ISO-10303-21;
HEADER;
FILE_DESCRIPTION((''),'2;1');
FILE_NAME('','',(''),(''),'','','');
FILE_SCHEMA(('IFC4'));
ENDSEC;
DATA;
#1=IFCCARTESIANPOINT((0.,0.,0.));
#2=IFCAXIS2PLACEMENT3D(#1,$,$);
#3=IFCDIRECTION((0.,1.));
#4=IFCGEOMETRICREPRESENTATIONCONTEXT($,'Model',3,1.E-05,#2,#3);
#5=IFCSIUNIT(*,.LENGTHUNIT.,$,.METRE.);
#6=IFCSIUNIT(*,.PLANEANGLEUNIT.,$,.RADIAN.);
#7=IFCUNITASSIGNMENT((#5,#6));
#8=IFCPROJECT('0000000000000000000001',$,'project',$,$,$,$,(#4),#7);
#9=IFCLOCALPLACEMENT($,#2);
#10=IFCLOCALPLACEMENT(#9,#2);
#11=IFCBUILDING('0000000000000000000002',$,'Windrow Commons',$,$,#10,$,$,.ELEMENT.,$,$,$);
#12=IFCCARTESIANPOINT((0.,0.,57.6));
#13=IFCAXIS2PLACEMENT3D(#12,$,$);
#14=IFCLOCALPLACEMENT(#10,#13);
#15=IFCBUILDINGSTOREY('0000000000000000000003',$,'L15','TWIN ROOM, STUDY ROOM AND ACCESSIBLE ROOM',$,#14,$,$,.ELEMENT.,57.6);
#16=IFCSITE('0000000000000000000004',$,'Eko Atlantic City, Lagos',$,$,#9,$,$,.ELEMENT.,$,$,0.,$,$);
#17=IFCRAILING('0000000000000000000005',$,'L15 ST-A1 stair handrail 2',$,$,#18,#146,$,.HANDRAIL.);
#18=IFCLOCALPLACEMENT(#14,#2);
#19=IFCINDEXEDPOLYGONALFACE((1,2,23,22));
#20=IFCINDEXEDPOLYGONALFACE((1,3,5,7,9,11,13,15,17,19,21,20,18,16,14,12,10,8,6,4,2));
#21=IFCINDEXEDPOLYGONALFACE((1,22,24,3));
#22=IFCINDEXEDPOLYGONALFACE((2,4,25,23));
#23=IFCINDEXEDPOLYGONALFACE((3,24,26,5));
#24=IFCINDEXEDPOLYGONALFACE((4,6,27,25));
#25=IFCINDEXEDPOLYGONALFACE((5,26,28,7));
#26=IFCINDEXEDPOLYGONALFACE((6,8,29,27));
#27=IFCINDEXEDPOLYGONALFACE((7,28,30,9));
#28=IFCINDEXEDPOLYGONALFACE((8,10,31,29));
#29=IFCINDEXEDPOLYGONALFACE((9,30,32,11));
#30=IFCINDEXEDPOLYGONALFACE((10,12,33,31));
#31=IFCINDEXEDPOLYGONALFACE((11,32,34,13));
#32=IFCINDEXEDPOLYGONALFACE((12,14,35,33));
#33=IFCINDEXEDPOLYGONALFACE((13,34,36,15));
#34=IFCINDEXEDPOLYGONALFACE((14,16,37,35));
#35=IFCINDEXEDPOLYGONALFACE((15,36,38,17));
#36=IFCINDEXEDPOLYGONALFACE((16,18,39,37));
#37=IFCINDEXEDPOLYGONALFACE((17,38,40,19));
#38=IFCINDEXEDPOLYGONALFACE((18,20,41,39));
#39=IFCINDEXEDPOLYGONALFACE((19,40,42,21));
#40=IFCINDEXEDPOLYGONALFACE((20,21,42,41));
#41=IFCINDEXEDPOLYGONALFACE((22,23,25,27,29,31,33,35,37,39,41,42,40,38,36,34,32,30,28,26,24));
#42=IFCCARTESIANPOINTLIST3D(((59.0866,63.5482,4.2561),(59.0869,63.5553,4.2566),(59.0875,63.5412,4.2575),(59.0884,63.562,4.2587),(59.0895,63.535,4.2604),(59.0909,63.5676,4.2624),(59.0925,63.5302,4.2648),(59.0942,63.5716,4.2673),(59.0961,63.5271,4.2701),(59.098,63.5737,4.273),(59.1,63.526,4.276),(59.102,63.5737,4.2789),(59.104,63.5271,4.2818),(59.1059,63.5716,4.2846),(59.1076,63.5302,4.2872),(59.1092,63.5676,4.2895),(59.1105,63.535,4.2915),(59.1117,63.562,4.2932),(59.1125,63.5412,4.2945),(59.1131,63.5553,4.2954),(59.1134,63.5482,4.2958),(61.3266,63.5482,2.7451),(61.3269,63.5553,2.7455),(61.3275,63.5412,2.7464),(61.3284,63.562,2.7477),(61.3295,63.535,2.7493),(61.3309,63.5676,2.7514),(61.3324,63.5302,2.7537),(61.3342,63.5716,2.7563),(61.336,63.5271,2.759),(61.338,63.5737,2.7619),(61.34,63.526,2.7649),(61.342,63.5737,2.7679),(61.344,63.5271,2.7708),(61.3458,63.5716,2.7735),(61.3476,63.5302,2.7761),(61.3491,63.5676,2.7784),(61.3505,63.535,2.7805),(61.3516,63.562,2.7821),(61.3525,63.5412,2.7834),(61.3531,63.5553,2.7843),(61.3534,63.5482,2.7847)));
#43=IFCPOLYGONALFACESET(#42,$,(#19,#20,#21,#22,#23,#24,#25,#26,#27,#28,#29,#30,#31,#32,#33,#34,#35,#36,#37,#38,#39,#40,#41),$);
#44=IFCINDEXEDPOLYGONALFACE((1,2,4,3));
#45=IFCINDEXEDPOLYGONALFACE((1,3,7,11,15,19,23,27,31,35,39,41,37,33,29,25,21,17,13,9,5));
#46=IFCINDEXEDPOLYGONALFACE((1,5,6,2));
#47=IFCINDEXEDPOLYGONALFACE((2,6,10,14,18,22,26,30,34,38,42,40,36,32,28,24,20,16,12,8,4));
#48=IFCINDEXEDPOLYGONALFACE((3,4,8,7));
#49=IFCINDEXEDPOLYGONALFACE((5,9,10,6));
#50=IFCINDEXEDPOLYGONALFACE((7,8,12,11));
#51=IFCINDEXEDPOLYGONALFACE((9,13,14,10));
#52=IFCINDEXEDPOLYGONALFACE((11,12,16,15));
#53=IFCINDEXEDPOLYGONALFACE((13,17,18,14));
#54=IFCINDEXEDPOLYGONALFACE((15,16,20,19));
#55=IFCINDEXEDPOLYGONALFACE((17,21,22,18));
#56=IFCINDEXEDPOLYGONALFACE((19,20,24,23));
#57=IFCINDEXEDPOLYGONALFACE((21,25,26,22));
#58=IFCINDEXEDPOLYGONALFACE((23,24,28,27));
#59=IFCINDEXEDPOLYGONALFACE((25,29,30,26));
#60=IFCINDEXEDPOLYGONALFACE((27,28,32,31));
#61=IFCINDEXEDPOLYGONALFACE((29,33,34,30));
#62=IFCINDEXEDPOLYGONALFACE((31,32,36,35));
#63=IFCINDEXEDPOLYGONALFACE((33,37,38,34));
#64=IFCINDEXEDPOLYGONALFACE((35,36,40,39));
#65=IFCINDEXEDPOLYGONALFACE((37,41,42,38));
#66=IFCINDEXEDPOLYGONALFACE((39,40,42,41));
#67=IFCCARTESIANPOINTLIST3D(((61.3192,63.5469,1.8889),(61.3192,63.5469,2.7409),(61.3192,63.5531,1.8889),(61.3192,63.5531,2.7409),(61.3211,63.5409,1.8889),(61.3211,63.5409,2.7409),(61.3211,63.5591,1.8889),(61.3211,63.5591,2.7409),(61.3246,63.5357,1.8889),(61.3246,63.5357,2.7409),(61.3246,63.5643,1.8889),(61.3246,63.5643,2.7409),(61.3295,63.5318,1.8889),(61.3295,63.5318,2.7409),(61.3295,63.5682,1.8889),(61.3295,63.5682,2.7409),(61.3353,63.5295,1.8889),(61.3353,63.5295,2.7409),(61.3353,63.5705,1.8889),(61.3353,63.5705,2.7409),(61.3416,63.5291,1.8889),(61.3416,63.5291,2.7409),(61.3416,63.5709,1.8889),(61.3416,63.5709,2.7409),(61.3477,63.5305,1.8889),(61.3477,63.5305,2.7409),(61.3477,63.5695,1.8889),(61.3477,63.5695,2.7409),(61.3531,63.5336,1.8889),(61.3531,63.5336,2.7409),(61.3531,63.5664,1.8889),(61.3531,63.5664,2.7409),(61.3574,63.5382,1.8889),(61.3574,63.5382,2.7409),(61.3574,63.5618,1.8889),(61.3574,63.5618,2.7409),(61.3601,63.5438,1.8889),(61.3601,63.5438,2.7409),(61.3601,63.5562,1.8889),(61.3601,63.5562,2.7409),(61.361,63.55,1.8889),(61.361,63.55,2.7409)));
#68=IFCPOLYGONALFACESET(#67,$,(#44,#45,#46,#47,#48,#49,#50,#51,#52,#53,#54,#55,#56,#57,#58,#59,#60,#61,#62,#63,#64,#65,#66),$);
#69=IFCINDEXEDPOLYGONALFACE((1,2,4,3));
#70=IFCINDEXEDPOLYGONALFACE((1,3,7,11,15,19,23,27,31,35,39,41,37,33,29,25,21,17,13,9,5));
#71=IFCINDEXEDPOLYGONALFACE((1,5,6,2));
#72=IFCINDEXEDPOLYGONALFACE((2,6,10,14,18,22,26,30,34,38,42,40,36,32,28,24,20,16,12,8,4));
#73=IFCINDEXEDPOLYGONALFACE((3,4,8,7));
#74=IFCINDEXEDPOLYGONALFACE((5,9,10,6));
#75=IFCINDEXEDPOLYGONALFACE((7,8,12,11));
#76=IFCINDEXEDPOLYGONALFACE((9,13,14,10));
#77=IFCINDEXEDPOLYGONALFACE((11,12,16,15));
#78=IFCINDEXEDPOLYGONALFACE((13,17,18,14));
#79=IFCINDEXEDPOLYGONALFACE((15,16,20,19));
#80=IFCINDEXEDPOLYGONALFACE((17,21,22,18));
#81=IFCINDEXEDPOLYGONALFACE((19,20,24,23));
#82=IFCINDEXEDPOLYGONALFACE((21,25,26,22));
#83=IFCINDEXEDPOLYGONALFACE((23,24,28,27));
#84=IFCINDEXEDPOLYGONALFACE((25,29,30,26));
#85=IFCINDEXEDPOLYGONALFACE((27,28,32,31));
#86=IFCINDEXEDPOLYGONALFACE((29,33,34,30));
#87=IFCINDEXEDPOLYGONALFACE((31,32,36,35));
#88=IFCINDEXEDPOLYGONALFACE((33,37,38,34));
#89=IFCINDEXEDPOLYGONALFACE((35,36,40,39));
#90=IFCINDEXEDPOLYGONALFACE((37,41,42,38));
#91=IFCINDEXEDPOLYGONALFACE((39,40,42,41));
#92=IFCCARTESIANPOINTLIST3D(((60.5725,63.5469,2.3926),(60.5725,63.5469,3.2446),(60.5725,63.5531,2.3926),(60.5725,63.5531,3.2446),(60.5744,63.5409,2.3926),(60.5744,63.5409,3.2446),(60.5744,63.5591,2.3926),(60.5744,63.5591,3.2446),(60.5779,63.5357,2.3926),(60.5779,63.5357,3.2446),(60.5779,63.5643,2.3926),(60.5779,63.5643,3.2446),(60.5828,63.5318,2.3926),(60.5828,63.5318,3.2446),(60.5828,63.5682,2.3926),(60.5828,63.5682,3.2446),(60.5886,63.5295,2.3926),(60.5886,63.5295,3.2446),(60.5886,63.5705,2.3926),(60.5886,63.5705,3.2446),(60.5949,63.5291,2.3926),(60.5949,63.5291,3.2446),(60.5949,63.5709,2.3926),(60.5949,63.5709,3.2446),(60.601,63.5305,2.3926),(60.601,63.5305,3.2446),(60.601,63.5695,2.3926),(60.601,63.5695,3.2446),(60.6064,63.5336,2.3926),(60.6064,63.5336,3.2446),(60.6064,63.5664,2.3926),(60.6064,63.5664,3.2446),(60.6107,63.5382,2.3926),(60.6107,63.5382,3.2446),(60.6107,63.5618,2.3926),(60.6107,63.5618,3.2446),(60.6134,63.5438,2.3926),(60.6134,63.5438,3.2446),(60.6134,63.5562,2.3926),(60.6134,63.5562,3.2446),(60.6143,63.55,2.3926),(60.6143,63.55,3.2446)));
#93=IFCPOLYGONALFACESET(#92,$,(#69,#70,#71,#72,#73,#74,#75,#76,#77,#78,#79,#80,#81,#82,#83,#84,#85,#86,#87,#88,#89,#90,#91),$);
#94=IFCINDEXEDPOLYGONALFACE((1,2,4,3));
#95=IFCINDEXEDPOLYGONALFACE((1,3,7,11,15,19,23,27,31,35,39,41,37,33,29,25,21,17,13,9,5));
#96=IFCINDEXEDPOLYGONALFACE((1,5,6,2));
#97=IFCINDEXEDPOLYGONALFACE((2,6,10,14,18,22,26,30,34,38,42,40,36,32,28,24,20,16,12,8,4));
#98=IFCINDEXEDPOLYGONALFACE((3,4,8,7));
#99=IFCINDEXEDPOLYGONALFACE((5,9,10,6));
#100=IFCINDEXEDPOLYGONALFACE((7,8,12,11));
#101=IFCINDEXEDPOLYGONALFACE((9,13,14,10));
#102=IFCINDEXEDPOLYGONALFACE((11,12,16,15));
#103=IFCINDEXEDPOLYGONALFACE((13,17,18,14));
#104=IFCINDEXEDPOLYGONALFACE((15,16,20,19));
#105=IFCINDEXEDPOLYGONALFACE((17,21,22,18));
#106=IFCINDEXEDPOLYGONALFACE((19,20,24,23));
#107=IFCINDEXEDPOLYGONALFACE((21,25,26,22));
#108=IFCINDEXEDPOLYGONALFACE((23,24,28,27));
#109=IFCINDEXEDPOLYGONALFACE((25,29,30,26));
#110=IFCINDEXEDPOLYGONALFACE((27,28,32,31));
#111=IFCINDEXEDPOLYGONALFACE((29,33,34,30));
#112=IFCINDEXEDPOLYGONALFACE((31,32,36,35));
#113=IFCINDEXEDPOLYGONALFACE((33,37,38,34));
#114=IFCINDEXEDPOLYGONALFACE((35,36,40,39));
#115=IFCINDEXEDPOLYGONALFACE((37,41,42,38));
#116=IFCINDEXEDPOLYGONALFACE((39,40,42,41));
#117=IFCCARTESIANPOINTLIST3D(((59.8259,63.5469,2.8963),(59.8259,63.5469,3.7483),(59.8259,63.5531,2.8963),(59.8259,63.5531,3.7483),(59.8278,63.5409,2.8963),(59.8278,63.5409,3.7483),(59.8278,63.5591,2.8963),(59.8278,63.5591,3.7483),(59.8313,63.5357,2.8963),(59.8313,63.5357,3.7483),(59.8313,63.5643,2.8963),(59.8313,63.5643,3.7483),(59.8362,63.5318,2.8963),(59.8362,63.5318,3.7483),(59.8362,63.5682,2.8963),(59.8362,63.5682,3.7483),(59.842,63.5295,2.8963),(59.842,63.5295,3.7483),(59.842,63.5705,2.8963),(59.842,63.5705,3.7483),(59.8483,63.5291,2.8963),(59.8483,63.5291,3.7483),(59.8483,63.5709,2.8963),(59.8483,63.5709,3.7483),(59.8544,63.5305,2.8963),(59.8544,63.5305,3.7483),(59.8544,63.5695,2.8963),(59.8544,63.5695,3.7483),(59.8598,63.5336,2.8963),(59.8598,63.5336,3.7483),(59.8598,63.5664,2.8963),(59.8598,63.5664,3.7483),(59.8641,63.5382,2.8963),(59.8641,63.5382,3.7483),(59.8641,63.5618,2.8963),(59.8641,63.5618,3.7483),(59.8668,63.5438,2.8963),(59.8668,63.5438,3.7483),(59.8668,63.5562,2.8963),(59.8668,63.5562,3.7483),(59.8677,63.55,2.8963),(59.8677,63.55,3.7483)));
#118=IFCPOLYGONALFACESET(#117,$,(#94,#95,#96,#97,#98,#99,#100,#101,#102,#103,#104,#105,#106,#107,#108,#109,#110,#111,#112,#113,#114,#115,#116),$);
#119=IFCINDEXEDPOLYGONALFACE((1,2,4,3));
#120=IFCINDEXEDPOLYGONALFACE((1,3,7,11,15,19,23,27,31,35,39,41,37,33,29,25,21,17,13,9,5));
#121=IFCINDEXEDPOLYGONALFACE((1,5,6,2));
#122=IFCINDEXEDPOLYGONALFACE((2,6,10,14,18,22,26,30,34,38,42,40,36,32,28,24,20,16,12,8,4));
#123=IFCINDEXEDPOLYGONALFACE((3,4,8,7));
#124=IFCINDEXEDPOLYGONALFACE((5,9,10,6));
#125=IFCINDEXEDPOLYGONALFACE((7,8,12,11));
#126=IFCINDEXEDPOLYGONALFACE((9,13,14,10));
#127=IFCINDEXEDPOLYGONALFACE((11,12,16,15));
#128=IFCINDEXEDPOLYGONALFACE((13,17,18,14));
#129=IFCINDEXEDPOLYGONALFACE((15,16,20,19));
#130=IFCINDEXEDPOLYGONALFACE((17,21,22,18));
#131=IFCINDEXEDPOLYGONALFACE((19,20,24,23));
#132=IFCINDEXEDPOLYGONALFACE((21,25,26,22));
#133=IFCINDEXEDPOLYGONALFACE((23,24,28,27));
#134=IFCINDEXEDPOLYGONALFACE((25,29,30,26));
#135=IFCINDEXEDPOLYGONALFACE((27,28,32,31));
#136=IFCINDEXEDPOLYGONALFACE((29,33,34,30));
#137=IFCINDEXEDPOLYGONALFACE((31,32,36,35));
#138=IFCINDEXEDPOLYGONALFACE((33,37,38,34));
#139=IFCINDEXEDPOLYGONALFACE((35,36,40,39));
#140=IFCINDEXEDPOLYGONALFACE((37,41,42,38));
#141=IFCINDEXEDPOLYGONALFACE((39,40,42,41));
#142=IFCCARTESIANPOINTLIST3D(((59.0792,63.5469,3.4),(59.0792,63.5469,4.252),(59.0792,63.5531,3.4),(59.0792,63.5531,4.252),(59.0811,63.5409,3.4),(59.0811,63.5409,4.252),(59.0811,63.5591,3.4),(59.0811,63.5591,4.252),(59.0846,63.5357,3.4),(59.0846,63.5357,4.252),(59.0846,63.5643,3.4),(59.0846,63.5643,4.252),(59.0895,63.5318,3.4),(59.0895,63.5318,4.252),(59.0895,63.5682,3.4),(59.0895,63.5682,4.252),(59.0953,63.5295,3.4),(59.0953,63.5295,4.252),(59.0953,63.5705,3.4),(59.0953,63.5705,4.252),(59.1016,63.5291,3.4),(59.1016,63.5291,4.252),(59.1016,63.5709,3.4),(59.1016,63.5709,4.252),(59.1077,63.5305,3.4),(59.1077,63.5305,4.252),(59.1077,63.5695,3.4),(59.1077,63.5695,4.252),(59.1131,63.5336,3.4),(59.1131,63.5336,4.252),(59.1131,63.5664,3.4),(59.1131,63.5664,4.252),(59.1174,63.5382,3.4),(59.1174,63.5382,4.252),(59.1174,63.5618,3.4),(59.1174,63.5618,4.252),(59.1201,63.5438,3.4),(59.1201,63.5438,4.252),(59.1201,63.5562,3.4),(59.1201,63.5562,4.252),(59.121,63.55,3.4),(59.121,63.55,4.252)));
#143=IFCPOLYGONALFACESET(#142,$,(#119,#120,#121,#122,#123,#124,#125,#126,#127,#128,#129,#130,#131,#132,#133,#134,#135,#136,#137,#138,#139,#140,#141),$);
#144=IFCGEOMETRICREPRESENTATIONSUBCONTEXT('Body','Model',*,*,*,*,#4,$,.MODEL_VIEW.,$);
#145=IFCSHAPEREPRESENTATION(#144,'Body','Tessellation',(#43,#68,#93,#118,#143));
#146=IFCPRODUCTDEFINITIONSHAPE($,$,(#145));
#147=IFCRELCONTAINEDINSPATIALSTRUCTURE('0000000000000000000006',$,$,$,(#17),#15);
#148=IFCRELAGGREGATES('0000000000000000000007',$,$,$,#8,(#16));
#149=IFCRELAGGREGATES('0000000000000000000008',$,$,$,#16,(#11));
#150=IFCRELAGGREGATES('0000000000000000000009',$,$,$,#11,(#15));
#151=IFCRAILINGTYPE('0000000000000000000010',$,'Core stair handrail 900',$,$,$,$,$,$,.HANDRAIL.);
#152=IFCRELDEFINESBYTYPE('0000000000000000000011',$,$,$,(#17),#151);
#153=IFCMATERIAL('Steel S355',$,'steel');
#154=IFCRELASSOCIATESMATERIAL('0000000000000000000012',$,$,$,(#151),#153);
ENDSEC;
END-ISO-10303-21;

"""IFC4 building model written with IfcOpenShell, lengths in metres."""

from ifc_helpers import new_model, si_unit, direction, frame, origin, origin_2d, place, context, subcontext, project, spatial, circle, extrude, material, type_object, element, save


model = new_model("IFC4")

# Units and contexts
model_context = context("Model", 3, precision=1e-05, world=origin(), true_north=direction((0.0, 1.0)))
body_context = subcontext(model_context, "Body", "Model", "MODEL_VIEW")
ifc_project = project(units=[si_unit("LENGTHUNIT", "METRE"), si_unit("PLANEANGLEUNIT", "RADIAN")], contexts=[model_context])

# Site, building, storey
site_placement = place(None, origin())
site = spatial("IfcSite", under=ifc_project, at=site_placement, Name="Eko Atlantic City, Lagos", CompositionType="ELEMENT", RefElevation=0.0)
building_placement = place(site_placement, origin())
building = spatial("IfcBuilding", under=site, at=building_placement, Name="Windrow Commons", CompositionType="ELEMENT")
storey_placement = place(building_placement, frame((0.0, 0.0, 57.6)))
storey = spatial("IfcBuildingStorey", under=building, at=storey_placement, Name="L15", Description="TWIN ROOM, STUDY ROOM AND ACCESSIBLE ROOM", CompositionType="ELEMENT", Elevation=57.6)

# Railing
ifc_material_1 = material(Name="Steel S355", Category="steel")
railing_type_1 = type_object("IfcRailingType", Name="Core stair handrail 900", PredefinedType="HANDRAIL", material=ifc_material_1)
for number, where, name in (
    (1, (61.34, 63.55, 1.8889), "L15 ST-A1 stair handrail 2"),
):
    element("IfcRailing", number, at=place(storey_placement, frame(where)), inside=storey, type_object=railing_type_1, Name=name, PredefinedType="HANDRAIL", context=body_context, shape_type="SweptSolid", body=[
        extrude(circle(Radius=0.024, at=origin_2d()), frame((0.0, 0.0, 0.876), z_axis=(-0.829003, 0.0, 0.559244), x_axis=(0.0, -1.0, 0.0)), (0.0, 0.0, 1.0), 2.702),
        extrude(circle(Radius=0.021, at=origin_2d()), origin(), (0.0, 0.0, 1.0), 0.852),
        extrude(circle(Radius=0.021, at=origin_2d()), frame((-0.7467, 0.0, 0.5037)), (0.0, 0.0, 1.0), 0.852),
        extrude(circle(Radius=0.021, at=origin_2d()), frame((-1.4933, 0.0, 1.0074)), (0.0, 0.0, 1.0), 0.852),
        extrude(circle(Radius=0.021, at=origin_2d()), frame((-2.24, 0.0, 1.5111)), (0.0, 0.0, 1.0), 0.852),
    ])

save(model, "model.ifc")
